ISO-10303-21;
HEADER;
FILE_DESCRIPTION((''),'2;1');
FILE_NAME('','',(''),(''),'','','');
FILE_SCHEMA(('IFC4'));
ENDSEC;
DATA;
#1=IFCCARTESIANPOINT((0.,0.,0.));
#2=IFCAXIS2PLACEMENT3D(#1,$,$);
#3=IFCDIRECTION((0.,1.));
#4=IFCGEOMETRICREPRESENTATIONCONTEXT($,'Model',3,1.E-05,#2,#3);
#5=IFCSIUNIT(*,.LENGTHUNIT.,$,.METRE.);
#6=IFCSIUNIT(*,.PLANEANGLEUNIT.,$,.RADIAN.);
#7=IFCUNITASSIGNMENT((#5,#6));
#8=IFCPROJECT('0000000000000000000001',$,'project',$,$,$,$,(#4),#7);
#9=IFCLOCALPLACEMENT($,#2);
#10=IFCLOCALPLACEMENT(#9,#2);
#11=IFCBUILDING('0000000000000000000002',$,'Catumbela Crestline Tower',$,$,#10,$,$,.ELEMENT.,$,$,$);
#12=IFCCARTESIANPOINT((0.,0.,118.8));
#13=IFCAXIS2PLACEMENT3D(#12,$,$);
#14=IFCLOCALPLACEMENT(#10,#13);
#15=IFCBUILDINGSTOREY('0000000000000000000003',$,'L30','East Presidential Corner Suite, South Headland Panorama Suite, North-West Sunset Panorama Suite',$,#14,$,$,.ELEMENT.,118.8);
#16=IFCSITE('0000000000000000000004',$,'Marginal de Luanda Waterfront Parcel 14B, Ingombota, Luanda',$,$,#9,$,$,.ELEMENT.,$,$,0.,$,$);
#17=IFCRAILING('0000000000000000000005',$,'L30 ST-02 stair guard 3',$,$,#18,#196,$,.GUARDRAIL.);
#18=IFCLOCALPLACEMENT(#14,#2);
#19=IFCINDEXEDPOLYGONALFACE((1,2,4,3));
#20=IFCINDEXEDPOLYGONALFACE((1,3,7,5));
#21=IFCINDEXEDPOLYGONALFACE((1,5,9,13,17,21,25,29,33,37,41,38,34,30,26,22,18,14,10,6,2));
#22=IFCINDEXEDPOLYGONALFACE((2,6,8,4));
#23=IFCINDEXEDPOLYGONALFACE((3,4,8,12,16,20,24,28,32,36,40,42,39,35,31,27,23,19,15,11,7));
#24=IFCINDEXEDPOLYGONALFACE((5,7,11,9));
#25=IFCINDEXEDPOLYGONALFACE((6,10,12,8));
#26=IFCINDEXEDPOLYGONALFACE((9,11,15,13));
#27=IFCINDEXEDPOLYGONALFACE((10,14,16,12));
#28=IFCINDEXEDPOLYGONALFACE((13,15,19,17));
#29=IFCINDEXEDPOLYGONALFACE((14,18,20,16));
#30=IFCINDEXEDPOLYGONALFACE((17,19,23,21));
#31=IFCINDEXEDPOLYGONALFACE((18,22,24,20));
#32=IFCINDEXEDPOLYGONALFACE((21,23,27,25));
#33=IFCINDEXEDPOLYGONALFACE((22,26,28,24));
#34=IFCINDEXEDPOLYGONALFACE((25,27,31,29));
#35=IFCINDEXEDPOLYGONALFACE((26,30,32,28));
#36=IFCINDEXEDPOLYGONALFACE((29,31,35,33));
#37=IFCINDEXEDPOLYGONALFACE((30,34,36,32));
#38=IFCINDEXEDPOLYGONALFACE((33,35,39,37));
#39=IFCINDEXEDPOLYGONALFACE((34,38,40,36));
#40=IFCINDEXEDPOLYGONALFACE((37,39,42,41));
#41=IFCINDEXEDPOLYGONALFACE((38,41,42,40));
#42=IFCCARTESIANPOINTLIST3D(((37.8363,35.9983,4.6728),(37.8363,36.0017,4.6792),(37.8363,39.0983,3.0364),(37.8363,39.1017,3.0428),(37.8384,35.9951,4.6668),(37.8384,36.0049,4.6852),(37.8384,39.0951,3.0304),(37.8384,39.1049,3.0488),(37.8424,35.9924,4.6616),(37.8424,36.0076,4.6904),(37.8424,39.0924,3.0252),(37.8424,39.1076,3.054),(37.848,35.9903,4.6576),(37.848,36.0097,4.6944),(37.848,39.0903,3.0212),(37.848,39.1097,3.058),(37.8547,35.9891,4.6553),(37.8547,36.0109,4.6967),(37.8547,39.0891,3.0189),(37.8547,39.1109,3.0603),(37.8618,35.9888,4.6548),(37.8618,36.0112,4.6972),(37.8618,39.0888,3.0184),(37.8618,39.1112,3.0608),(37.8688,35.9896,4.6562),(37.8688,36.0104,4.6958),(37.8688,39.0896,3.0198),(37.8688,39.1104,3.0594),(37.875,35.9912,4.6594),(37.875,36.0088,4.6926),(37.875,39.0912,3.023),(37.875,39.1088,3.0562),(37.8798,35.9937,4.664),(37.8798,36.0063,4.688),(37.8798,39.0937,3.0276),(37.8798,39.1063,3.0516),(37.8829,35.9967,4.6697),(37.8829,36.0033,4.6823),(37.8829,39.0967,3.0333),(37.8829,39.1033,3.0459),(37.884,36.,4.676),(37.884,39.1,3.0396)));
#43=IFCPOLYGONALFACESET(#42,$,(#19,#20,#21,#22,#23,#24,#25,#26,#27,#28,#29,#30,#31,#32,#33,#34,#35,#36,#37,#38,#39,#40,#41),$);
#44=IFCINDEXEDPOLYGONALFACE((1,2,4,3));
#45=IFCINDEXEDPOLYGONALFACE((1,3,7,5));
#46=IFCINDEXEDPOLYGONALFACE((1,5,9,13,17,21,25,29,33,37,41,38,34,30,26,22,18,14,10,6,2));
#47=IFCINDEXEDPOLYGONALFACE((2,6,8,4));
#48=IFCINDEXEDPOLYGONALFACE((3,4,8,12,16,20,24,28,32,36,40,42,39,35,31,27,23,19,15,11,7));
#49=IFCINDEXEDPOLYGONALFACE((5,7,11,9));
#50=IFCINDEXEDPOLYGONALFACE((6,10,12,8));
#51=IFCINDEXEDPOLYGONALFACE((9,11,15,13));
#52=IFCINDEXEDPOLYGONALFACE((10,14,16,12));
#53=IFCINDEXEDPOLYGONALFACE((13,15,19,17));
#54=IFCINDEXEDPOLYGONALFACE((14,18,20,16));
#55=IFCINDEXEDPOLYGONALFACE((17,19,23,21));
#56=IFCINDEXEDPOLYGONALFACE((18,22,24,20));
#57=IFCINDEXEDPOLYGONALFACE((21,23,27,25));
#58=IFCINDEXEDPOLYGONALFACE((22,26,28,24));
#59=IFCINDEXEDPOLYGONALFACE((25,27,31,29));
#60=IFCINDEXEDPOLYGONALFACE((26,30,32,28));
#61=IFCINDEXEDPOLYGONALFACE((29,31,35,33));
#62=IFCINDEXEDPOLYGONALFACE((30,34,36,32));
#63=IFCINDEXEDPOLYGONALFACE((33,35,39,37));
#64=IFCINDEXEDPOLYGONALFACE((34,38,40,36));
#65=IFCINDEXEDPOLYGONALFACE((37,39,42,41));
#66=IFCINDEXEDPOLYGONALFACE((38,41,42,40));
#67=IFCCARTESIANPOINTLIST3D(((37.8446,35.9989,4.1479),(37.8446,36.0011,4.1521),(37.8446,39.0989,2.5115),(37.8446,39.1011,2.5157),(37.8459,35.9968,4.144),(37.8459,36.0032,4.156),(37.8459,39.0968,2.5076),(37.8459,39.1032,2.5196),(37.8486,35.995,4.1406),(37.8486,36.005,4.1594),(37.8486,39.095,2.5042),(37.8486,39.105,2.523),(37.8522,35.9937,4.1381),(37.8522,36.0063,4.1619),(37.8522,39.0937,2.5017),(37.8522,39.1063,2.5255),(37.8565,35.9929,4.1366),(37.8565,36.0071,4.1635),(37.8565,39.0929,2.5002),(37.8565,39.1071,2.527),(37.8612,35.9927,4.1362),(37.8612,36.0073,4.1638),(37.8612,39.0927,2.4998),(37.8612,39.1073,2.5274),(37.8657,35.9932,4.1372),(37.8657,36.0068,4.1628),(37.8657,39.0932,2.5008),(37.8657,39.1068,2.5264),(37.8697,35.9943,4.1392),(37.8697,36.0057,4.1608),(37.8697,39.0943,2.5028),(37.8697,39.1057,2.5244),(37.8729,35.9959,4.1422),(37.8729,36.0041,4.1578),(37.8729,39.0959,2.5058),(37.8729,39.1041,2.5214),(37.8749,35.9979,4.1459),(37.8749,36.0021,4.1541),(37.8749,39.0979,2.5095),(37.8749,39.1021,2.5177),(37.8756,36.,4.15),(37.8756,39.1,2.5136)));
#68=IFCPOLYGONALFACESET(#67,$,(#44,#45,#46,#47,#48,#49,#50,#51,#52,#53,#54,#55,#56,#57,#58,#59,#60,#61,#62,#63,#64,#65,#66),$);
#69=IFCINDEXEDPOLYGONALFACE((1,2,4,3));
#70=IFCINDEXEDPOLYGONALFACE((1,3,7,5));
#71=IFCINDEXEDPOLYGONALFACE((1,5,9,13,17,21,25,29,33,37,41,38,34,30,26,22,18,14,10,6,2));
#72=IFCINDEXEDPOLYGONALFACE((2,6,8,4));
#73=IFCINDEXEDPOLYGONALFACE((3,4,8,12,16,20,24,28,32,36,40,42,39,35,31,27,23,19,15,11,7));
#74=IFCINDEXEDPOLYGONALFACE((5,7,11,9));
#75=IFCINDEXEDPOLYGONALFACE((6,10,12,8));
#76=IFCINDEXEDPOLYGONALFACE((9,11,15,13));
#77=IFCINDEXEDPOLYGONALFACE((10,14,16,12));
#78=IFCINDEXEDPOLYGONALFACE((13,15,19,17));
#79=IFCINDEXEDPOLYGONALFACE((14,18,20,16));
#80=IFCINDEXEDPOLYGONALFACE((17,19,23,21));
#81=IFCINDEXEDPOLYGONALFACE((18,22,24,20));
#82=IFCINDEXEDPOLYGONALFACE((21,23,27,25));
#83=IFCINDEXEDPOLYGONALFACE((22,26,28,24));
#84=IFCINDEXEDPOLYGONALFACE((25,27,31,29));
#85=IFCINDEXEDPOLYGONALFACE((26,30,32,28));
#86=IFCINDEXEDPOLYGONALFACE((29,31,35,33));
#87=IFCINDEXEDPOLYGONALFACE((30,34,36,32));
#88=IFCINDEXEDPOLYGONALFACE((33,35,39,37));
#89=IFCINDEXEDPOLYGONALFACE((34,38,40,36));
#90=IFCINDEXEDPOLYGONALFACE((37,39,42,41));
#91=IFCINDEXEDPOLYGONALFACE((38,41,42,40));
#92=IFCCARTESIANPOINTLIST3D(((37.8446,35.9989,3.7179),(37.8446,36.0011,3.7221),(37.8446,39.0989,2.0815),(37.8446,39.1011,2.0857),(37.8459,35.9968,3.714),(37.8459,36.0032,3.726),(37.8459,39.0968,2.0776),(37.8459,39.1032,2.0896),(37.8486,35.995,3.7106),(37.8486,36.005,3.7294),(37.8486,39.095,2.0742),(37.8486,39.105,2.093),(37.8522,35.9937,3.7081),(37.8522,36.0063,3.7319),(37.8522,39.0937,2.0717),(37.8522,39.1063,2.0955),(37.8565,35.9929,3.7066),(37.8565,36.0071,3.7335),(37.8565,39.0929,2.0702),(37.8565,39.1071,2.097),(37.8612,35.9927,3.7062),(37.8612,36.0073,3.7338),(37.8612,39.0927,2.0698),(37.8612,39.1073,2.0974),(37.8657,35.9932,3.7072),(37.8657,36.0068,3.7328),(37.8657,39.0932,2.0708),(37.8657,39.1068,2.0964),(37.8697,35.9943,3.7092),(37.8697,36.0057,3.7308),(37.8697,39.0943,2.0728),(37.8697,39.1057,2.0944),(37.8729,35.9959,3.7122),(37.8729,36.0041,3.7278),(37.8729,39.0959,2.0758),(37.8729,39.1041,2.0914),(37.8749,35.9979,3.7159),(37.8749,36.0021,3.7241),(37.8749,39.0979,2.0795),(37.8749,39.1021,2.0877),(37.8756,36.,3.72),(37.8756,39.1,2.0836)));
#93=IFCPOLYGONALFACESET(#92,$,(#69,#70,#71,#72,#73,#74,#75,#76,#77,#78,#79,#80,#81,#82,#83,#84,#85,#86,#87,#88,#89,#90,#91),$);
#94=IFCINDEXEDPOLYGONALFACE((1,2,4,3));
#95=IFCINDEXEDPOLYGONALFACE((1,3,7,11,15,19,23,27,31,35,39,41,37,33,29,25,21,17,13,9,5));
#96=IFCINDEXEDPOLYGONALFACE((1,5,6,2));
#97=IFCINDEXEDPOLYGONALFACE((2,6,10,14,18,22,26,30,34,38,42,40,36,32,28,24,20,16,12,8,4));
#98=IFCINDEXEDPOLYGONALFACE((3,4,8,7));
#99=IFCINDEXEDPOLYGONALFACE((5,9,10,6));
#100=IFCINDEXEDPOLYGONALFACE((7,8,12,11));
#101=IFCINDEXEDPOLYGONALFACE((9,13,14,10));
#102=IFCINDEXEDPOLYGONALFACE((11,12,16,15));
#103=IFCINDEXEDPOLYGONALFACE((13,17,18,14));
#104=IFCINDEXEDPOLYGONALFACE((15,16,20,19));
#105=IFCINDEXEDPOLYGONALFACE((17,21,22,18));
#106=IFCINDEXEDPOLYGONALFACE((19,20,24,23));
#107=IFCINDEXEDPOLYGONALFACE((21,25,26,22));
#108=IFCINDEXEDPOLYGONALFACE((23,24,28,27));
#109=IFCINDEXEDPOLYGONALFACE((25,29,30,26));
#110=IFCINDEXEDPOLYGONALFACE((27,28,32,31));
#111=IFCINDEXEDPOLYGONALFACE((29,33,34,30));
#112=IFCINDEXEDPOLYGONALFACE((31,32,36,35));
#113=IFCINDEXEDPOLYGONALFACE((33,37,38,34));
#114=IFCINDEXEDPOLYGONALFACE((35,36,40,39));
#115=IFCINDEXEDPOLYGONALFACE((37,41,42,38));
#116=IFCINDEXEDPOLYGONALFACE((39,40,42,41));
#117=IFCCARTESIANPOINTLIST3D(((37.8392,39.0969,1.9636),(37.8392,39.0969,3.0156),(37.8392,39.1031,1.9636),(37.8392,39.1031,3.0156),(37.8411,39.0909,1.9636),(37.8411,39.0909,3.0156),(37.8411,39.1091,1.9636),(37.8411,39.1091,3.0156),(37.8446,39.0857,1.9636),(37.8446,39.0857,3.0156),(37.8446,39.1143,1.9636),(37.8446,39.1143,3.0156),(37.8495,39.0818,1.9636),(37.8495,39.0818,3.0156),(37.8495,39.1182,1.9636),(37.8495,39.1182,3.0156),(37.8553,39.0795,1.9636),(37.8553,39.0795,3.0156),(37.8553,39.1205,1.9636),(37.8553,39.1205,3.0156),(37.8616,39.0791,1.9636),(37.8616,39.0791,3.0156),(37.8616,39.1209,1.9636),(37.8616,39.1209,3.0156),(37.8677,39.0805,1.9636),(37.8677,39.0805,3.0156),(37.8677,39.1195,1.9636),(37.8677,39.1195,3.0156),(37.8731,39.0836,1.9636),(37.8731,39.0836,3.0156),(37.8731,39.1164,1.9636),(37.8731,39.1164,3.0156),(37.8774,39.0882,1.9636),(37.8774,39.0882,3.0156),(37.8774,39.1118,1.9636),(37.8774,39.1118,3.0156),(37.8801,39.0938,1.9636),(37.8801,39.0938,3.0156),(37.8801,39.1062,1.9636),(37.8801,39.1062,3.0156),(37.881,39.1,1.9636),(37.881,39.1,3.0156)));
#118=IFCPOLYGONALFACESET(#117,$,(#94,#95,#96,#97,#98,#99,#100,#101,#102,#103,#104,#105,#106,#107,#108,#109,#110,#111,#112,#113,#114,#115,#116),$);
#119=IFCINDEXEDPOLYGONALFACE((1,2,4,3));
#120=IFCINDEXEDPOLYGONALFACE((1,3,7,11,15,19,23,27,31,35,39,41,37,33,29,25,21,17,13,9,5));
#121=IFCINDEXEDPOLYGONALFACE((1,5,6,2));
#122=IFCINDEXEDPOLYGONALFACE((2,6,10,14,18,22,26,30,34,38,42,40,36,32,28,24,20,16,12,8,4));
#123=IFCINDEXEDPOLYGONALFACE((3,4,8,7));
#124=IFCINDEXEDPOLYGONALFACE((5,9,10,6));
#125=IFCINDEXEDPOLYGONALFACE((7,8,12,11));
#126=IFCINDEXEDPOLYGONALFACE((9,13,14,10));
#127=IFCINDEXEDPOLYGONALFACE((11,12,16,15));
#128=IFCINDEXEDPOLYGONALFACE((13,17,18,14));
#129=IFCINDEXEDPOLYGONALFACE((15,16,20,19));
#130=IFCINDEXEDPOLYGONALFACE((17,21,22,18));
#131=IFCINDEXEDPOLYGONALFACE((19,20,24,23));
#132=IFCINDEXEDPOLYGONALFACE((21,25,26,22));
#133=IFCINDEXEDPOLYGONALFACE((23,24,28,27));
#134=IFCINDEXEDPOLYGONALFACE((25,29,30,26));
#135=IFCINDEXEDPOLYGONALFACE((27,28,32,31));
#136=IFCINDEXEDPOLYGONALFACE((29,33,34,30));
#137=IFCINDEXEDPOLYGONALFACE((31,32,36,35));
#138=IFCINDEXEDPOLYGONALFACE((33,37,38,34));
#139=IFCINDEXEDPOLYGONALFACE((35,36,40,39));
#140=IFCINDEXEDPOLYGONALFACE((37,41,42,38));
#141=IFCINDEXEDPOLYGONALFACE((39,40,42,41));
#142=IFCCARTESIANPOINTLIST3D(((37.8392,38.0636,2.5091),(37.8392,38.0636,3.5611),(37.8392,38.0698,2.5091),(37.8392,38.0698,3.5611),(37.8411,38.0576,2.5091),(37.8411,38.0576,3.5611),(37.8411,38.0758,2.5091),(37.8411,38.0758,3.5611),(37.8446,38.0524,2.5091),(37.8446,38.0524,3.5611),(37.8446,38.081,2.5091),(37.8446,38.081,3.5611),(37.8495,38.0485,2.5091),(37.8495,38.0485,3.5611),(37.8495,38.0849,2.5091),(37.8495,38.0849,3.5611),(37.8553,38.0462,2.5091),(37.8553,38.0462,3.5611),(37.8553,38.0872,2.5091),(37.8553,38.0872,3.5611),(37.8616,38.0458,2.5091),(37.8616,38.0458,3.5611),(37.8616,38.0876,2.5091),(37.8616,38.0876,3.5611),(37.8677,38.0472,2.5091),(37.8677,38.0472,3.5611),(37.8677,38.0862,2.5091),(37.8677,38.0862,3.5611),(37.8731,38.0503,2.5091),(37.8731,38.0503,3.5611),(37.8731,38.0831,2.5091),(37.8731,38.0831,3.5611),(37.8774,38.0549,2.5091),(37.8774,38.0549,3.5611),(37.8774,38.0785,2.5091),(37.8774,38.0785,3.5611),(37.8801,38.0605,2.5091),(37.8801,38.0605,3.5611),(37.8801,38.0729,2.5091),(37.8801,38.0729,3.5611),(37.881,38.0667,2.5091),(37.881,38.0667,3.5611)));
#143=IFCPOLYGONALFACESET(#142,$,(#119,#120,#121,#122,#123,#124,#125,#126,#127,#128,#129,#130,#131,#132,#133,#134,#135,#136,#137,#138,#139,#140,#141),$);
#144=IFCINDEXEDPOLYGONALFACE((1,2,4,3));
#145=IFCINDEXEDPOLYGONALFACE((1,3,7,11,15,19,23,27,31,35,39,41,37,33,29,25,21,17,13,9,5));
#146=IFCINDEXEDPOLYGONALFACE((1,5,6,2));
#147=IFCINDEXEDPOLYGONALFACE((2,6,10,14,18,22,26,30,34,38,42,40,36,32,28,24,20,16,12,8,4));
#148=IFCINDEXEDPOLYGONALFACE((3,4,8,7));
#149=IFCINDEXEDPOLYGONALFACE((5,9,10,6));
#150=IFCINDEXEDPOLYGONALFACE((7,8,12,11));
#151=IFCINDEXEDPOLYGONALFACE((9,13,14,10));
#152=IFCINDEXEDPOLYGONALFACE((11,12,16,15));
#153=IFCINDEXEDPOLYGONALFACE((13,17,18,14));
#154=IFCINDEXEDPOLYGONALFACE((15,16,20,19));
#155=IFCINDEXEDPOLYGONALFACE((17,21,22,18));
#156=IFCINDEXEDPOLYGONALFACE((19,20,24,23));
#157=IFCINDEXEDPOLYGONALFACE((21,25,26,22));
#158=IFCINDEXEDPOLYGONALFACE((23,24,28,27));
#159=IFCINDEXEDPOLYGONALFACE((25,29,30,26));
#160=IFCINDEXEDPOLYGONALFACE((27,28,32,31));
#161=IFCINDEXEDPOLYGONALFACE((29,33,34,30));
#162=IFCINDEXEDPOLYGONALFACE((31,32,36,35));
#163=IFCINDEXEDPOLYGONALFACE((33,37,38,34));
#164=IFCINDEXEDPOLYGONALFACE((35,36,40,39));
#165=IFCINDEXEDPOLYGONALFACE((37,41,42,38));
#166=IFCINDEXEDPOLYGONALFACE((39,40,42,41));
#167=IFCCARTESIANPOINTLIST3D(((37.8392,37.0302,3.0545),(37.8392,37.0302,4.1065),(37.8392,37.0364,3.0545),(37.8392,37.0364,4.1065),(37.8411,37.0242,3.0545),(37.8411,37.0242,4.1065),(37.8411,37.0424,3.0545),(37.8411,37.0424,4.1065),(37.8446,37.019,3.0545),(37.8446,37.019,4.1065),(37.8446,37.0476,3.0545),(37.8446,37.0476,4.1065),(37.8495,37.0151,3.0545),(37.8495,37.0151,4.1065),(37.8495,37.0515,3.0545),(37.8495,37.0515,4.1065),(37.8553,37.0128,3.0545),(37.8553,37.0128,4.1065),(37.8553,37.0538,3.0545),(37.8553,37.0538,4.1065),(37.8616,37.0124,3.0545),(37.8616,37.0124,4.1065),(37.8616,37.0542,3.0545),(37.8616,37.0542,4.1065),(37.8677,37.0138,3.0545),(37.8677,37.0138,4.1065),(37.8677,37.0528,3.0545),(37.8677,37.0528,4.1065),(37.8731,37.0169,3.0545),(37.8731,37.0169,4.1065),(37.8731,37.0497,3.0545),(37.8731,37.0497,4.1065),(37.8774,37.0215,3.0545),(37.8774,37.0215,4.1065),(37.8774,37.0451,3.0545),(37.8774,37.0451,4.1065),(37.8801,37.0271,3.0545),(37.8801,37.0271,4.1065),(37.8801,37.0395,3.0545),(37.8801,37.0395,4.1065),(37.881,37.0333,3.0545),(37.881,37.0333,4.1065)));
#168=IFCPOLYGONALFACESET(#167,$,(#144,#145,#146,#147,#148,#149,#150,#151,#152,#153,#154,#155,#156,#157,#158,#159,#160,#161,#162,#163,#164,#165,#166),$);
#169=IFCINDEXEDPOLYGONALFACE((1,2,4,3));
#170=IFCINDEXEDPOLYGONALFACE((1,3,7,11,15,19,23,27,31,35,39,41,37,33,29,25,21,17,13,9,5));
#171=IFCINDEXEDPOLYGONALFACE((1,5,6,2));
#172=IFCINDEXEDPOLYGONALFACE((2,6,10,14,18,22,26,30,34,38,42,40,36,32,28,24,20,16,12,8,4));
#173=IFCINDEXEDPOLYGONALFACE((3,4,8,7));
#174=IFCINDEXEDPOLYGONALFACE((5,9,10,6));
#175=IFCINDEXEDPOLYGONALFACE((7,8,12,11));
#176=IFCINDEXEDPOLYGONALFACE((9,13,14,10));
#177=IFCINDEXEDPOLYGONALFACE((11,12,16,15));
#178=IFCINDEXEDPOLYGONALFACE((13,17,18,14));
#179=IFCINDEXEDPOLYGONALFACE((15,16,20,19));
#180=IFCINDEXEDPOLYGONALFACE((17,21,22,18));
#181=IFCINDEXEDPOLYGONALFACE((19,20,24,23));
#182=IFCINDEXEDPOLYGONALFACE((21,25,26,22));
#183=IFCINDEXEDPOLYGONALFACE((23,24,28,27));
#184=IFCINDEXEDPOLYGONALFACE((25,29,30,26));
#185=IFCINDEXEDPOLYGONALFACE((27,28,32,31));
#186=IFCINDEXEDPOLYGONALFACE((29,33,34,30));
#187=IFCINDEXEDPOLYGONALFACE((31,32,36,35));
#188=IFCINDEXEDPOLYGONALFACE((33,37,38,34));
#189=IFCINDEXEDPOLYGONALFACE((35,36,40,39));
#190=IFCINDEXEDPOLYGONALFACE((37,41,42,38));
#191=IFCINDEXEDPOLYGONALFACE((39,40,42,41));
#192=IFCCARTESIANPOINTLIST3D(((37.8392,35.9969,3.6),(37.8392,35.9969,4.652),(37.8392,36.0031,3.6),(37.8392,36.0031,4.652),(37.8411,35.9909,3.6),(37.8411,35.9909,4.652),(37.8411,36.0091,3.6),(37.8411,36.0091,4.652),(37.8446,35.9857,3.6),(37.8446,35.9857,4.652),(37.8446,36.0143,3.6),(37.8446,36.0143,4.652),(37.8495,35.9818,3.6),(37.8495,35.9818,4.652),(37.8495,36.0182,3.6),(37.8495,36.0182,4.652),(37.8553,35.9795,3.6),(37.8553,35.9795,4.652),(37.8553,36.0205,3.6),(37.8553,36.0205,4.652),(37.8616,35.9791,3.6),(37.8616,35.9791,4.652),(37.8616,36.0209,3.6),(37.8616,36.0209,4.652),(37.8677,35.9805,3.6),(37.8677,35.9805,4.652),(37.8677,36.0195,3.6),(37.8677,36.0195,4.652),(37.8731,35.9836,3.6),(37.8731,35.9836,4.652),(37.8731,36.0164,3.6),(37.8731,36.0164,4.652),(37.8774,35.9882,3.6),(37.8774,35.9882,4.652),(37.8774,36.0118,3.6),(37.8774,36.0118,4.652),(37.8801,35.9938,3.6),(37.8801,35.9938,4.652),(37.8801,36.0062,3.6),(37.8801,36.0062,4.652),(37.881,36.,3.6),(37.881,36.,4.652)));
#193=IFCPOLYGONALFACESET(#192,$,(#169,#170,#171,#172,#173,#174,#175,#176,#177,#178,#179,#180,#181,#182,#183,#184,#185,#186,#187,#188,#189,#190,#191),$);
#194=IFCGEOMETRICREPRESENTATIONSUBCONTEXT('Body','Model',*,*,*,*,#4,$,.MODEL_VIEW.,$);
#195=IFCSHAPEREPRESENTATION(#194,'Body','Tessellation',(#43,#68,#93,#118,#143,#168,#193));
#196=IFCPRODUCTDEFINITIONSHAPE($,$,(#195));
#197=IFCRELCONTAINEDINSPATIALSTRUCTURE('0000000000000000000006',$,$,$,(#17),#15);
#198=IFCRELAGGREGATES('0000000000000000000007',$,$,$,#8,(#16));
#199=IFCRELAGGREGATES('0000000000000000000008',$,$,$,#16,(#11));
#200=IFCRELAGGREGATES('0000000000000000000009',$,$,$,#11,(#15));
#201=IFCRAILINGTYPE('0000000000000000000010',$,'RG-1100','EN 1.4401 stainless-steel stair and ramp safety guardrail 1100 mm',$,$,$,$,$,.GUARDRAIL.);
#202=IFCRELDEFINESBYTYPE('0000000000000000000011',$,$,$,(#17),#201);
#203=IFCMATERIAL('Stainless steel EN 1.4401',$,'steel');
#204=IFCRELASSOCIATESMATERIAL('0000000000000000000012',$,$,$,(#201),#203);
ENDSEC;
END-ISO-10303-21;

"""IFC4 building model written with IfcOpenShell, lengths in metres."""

from ifc_helpers import new_model, si_unit, direction, frame, origin, origin_2d, place, context, subcontext, project, spatial, circle, extrude, material, type_object, element, save


model = new_model("IFC4")

# Units and contexts
model_context = context("Model", 3, precision=1e-05, world=origin(), true_north=direction((0.0, 1.0)))
body_context = subcontext(model_context, "Body", "Model", "MODEL_VIEW")
ifc_project = project(units=[si_unit("LENGTHUNIT", "METRE"), si_unit("PLANEANGLEUNIT", "RADIAN")], contexts=[model_context])

# Site, building, storey
site_placement = place(None, origin())
site = spatial("IfcSite", under=ifc_project, at=site_placement, Name="Marginal de Luanda Waterfront Parcel 14B, Ingombota, Luanda", CompositionType="ELEMENT", RefElevation=0.0)
building_placement = place(site_placement, origin())
building = spatial("IfcBuilding", under=site, at=building_placement, Name="Catumbela Crestline Tower", CompositionType="ELEMENT")
storey_placement = place(building_placement, frame((0.0, 0.0, 118.8)))
storey = spatial("IfcBuildingStorey", under=building, at=storey_placement, Name="L30", Description="East Presidential Corner Suite, South Headland Panorama Suite, North-West Sunset Panorama Suite", CompositionType="ELEMENT", Elevation=118.8)

# Shared definitions
ifc_material_1 = material(Name="Stainless steel EN 1.4401", Category="steel")

# Railing
railing_type_1 = type_object("IfcRailingType", Name="RG-1100", Description="EN 1.4401 stainless-steel stair and ramp safety guardrail 1100 mm", PredefinedType="GUARDRAIL", material=ifc_material_1)
railing_1_placement = place(storey_placement, frame((37.86, 39.1, 1.9636)))
element("IfcRailing", 1, at=railing_1_placement, inside=storey, type_object=railing_type_1, Name="L30 ST-02 stair guard 3", PredefinedType="GUARDRAIL", context=body_context, shape_type="SweptSolid", body=[
    extrude(circle(Radius=0.024, at=origin_2d()), frame((0.0, 0.0, 1.076), z_axis=(0.0, -0.884351, 0.466823), x_axis=(1.0, 0.0, 0.0)), (0.0, 0.0, 1.0), 3.5054),
    extrude(circle(Radius=0.0156, at=origin_2d()), frame((0.0, 0.0, 0.55), z_axis=(0.0, -0.884351, 0.466823), x_axis=(1.0, 0.0, 0.0)), (0.0, 0.0, 1.0), 3.5054),
    extrude(circle(Radius=0.0156, at=origin_2d()), frame((0.0, 0.0, 0.12), z_axis=(0.0, -0.884351, 0.466823), x_axis=(1.0, 0.0, 0.0)), (0.0, 0.0, 1.0), 3.5054),
    extrude(circle(Radius=0.021, at=origin_2d()), origin(), (0.0, 0.0, 1.0), 1.052),
    extrude(circle(Radius=0.021, at=origin_2d()), frame((0.0, -1.0333, 0.5455)), (0.0, 0.0, 1.0), 1.052),
    extrude(circle(Radius=0.021, at=origin_2d()), frame((0.0, -2.0667, 1.0909)), (0.0, 0.0, 1.0), 1.052),
    extrude(circle(Radius=0.021, at=origin_2d()), frame((0.0, -3.1, 1.6364)), (0.0, 0.0, 1.0), 1.052),
])

save(model, "model.ifc")
